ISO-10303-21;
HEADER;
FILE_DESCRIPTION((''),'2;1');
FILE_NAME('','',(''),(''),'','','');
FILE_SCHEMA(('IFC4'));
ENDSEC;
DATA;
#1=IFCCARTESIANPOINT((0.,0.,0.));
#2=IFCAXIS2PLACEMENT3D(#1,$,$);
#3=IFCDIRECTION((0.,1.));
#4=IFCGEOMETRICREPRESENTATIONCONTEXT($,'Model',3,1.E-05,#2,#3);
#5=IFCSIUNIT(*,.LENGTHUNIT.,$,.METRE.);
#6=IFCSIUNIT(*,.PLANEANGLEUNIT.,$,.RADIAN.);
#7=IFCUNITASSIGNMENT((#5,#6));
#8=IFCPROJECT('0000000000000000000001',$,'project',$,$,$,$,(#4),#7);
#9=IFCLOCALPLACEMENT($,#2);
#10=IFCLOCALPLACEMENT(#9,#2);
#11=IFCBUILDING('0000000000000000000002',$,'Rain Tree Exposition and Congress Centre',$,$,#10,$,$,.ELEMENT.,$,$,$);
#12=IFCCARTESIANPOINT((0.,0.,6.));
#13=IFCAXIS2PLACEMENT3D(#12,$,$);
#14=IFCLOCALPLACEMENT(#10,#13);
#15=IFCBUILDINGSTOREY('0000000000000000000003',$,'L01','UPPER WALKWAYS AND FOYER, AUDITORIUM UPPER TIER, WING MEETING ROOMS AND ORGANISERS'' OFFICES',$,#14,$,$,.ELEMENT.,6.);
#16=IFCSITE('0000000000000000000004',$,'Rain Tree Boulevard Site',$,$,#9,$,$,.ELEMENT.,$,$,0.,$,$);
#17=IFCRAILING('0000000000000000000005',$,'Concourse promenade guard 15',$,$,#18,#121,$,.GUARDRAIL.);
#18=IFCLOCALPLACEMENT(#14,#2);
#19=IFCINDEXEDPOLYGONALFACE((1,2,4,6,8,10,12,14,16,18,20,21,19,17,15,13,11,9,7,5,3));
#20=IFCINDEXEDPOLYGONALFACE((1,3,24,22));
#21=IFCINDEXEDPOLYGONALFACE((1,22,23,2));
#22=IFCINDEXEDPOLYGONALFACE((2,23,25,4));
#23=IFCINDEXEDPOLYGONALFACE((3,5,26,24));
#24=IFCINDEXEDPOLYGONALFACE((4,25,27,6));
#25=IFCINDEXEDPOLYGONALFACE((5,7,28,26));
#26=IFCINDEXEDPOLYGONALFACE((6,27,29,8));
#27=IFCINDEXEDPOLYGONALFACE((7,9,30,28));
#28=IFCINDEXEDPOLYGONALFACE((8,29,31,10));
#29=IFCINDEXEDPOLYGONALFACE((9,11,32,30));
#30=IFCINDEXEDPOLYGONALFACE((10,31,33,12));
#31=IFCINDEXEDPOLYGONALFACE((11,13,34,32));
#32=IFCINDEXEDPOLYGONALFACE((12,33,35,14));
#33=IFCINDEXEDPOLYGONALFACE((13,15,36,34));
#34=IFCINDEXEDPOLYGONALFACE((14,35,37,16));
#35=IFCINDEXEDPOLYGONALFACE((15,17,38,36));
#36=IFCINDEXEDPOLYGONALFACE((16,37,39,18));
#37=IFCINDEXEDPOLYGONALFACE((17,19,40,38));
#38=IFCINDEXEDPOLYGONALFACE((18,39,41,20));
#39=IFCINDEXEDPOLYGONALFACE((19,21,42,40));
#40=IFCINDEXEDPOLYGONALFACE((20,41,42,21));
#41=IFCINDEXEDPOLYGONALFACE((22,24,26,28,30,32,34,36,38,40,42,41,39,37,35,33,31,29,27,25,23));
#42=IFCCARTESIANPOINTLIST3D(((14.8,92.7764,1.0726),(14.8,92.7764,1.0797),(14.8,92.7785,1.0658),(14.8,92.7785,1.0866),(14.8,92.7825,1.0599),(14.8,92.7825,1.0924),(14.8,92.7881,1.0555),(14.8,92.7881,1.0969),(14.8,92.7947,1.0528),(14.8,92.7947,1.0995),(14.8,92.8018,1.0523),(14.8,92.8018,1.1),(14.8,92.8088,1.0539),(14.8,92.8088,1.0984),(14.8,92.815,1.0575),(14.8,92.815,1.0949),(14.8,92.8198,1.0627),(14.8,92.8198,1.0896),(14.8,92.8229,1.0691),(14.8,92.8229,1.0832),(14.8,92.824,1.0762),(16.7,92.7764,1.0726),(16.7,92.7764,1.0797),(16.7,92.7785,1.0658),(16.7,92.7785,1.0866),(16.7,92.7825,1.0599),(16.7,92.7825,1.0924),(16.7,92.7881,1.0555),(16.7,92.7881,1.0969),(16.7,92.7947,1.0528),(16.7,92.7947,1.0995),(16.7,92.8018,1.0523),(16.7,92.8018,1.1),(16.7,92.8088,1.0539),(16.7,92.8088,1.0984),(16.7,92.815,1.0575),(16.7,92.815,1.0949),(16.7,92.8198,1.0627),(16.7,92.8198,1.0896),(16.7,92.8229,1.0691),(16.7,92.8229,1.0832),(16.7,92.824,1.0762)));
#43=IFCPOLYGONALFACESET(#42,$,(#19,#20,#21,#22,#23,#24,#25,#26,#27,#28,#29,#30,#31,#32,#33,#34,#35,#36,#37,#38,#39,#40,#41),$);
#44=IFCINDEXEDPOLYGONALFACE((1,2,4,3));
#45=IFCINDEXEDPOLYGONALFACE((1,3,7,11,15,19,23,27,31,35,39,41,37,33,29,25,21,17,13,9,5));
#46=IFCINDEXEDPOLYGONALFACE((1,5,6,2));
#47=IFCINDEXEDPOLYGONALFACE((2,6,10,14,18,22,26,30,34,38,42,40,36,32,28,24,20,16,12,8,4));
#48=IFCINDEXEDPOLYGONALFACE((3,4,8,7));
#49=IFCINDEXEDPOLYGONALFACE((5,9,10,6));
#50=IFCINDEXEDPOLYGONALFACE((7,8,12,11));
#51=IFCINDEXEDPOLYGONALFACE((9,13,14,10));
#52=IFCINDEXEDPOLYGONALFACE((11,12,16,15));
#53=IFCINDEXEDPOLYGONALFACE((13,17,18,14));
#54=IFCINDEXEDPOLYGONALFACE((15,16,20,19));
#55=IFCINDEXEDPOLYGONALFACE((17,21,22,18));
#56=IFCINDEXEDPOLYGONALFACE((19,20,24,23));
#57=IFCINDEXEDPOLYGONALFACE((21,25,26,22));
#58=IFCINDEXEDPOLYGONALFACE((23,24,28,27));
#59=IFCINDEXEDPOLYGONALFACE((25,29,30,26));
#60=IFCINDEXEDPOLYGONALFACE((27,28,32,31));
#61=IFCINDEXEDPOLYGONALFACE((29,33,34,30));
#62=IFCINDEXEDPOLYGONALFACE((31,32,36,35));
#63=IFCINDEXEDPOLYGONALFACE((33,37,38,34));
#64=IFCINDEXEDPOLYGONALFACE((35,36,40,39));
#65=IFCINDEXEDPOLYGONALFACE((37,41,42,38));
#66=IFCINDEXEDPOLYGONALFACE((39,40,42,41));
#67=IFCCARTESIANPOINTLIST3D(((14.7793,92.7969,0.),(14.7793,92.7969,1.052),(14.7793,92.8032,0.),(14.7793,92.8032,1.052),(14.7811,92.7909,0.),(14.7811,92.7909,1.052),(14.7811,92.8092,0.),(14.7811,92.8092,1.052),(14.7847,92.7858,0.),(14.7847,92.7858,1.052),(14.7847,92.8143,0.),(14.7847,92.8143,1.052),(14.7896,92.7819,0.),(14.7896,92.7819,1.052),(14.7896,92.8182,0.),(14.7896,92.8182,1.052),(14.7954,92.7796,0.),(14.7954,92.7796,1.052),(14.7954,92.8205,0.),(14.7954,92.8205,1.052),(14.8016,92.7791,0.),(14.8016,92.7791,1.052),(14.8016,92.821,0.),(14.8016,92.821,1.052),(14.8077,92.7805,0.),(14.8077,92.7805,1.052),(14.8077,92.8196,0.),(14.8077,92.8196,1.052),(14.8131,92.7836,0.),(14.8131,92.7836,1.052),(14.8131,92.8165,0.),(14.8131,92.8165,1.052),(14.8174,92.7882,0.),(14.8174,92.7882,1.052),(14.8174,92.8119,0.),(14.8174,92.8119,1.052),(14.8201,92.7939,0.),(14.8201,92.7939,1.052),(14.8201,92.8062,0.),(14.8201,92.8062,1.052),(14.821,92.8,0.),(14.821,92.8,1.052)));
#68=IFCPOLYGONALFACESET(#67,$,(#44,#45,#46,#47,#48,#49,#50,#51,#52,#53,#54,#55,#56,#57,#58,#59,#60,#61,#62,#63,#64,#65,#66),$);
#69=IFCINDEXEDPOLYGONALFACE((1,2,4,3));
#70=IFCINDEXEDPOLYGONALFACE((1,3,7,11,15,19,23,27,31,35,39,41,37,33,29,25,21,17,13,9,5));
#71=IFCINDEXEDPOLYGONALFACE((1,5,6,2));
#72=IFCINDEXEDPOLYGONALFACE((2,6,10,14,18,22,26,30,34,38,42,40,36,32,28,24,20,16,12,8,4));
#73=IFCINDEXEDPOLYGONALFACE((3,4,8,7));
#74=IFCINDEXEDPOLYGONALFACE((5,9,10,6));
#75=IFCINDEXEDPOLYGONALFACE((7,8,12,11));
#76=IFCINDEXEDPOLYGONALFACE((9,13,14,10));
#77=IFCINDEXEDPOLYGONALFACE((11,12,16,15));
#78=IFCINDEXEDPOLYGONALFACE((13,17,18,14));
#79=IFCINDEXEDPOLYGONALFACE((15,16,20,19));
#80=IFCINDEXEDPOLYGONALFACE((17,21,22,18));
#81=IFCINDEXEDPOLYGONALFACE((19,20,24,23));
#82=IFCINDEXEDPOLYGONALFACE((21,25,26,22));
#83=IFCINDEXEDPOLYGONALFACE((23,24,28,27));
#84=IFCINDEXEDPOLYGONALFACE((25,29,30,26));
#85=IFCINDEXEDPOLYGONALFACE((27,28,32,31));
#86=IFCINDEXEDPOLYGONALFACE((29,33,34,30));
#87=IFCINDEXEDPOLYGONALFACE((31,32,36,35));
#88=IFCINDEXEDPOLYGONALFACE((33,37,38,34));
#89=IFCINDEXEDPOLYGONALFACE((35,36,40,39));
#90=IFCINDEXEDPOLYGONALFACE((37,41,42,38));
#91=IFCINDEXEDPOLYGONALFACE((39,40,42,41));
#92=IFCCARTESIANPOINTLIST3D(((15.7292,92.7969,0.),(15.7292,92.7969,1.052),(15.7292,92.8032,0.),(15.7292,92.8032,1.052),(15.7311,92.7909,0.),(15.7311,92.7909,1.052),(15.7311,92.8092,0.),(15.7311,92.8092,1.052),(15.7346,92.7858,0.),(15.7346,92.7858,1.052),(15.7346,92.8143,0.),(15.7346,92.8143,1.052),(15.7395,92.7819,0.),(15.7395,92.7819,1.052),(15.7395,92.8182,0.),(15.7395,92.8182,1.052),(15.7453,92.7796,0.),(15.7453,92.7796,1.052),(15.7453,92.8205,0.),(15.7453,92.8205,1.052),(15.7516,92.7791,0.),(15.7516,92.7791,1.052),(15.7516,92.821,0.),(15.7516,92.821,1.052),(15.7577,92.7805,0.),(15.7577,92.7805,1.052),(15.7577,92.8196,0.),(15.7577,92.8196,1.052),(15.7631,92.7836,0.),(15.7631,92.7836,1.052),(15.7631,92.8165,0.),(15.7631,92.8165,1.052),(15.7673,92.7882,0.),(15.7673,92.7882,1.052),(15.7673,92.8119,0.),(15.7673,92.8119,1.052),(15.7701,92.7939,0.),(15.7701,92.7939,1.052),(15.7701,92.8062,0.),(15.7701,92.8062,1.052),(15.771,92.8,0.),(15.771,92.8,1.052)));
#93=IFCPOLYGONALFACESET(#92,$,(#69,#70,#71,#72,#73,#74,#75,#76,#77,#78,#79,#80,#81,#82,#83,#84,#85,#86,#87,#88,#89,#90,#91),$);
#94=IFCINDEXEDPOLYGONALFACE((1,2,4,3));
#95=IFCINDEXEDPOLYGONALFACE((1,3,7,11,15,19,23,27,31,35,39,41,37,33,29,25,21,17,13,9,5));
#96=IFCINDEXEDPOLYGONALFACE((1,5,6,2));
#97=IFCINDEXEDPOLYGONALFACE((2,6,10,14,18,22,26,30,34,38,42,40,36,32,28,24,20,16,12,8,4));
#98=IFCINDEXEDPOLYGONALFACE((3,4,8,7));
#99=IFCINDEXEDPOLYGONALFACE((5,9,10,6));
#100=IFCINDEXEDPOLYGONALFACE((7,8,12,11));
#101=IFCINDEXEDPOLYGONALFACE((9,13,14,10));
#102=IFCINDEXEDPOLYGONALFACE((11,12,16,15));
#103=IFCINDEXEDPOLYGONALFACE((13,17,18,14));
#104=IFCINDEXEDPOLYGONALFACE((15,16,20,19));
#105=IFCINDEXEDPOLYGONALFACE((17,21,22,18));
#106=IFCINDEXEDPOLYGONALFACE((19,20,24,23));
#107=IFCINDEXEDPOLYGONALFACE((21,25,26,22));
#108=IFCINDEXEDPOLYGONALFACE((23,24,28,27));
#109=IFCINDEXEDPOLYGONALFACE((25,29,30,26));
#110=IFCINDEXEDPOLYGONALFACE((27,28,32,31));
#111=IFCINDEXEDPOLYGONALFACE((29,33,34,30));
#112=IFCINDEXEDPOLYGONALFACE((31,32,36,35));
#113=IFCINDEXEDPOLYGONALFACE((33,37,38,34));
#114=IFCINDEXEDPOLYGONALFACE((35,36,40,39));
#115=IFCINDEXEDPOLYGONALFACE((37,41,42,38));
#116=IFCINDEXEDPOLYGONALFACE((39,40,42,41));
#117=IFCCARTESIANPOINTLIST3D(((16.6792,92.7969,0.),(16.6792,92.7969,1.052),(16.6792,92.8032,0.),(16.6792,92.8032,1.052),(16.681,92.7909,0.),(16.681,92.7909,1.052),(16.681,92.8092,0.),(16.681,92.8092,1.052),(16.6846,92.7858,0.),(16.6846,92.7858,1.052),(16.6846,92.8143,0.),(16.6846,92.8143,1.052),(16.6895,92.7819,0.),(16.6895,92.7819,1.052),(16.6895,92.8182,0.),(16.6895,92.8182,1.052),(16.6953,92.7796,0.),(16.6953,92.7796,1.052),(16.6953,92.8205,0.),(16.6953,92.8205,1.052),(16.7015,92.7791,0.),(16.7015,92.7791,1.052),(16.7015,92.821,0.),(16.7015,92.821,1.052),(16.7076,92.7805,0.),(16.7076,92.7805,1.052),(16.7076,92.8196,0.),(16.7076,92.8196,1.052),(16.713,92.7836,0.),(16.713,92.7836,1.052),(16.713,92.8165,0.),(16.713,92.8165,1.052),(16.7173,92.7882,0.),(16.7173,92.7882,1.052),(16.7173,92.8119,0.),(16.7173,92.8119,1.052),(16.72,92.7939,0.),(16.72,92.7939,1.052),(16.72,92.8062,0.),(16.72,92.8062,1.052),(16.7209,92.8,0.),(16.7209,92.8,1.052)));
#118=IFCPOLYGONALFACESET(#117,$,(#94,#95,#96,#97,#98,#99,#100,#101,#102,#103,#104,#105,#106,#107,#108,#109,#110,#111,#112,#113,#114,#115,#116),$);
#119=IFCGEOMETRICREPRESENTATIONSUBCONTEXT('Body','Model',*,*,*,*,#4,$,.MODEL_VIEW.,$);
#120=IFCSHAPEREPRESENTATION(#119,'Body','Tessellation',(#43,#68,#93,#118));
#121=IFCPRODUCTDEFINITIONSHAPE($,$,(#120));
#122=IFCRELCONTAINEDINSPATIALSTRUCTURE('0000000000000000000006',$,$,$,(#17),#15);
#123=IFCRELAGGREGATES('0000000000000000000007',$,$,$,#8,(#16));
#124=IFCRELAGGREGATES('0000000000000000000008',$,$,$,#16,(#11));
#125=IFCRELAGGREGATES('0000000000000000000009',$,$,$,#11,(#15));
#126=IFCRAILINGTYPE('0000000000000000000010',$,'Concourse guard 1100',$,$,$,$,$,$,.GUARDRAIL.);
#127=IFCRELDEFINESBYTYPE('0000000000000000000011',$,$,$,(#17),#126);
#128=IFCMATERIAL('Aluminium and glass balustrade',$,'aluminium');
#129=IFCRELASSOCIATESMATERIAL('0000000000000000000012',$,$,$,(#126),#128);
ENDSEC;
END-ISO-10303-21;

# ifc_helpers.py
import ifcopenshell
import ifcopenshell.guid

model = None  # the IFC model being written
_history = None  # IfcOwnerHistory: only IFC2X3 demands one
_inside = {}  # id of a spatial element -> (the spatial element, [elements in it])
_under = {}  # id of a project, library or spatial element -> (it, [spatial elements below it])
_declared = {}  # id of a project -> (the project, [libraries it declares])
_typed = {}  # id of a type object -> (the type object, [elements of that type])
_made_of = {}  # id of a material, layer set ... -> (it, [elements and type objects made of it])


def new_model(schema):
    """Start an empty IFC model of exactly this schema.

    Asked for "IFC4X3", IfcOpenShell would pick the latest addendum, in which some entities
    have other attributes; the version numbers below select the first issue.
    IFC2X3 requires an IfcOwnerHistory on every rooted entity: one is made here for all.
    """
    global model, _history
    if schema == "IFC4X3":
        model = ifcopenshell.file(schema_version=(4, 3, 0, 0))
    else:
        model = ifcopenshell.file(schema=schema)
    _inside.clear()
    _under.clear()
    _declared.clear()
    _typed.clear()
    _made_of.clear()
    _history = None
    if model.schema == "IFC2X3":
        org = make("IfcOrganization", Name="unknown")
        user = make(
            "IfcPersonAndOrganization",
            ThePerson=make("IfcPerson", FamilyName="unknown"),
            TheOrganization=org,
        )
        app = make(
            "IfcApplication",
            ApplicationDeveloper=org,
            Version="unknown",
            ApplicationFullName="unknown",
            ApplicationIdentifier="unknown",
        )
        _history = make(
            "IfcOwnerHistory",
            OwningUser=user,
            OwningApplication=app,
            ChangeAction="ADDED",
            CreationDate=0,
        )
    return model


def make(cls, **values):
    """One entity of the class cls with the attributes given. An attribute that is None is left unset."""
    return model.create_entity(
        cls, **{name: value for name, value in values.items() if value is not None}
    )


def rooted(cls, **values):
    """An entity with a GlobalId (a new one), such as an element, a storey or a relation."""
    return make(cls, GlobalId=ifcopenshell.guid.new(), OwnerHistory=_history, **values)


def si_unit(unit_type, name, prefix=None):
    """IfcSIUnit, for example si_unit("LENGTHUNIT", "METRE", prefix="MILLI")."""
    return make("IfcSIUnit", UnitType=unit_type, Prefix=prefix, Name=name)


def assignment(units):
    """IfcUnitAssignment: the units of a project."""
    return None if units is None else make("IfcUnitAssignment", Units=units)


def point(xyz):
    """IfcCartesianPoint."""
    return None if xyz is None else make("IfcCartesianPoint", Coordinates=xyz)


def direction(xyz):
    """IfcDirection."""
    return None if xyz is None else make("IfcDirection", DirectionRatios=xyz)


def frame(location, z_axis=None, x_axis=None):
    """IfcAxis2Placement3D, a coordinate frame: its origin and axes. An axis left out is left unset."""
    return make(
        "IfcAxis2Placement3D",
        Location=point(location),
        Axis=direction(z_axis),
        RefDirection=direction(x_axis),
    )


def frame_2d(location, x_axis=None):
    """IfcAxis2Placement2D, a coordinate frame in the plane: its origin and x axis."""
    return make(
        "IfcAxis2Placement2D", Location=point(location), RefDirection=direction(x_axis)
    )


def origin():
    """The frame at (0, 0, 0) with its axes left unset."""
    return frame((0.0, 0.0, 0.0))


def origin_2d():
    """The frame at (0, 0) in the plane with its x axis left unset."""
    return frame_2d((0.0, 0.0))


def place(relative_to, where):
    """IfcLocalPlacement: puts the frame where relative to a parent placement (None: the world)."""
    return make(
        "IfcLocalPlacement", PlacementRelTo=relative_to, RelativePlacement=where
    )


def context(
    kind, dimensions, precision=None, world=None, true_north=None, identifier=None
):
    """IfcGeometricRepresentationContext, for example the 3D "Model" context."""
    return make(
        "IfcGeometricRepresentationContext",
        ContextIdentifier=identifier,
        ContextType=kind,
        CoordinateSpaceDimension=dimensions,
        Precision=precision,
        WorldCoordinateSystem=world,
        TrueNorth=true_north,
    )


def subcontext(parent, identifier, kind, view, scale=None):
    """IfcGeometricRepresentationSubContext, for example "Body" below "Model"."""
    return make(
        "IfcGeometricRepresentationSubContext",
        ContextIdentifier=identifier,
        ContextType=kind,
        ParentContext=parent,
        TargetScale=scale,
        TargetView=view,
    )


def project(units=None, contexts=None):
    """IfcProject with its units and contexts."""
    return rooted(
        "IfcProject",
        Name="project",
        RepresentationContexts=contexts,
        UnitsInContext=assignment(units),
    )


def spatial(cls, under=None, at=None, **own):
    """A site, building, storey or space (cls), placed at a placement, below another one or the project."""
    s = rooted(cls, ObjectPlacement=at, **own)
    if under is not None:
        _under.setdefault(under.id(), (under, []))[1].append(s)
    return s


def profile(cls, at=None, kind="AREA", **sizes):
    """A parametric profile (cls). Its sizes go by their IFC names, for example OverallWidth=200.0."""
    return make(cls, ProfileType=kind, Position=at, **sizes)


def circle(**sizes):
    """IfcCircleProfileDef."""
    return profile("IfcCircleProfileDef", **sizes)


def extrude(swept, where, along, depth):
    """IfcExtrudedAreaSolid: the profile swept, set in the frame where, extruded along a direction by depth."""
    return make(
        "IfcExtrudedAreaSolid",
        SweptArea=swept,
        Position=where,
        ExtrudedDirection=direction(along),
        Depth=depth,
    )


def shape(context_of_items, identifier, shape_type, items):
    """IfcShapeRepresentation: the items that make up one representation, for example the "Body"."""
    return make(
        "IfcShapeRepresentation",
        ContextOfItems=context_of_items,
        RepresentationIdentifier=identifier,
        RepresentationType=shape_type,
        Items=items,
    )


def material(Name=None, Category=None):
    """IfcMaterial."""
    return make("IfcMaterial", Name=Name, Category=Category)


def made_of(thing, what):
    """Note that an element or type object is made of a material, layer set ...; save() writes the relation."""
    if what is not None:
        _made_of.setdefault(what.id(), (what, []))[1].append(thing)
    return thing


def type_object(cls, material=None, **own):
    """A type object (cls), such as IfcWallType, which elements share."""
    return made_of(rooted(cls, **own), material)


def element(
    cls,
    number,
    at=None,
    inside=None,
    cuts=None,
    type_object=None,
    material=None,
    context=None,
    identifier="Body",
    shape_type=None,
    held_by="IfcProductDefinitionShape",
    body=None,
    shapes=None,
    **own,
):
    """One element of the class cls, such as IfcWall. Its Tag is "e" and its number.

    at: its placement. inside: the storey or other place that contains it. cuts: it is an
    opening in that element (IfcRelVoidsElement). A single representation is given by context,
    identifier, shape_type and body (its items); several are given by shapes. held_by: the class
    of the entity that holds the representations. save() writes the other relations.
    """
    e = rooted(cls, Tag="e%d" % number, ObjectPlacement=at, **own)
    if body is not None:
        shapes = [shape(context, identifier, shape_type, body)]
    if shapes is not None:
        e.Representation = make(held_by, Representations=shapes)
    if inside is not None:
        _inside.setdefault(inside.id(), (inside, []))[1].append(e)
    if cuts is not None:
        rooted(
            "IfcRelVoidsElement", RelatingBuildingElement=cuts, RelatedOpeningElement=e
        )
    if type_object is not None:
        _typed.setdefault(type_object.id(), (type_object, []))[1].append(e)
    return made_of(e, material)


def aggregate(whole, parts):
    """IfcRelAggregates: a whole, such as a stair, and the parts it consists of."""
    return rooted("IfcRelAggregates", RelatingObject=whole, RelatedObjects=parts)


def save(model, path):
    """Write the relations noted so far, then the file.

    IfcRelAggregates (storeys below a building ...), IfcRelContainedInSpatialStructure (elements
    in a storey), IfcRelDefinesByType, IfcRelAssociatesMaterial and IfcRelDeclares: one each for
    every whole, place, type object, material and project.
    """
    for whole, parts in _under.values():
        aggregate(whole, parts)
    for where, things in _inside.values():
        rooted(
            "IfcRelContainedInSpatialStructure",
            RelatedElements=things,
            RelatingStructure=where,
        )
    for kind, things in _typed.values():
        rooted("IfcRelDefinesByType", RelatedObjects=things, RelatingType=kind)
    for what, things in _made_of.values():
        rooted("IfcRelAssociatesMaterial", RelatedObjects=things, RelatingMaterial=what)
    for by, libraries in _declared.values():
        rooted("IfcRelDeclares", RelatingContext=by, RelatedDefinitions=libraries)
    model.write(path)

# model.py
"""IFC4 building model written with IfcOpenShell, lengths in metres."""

from ifc_helpers import new_model, si_unit, direction, frame, origin, origin_2d, place, context, subcontext, project, spatial, circle, extrude, material, type_object, element, save


model = new_model("IFC4")

# Units and contexts
model_context = context("Model", 3, precision=1e-05, world=origin(), true_north=direction((0.0, 1.0)))
body_context = subcontext(model_context, "Body", "Model", "MODEL_VIEW")
ifc_project = project(units=[si_unit("LENGTHUNIT", "METRE"), si_unit("PLANEANGLEUNIT", "RADIAN")], contexts=[model_context])

# Site, building, storey
site_placement = place(None, origin())
site = spatial("IfcSite", under=ifc_project, at=site_placement, Name="Rain Tree Boulevard Site", CompositionType="ELEMENT", RefElevation=0.0)
building_placement = place(site_placement, origin())
building = spatial("IfcBuilding", under=site, at=building_placement, Name="Rain Tree Exposition and Congress Centre", CompositionType="ELEMENT")
storey_placement = place(building_placement, frame((0.0, 0.0, 6.0)))
storey = spatial("IfcBuildingStorey", under=building, at=storey_placement, Name="L01", Description="UPPER WALKWAYS AND FOYER, AUDITORIUM UPPER TIER, WING MEETING ROOMS AND ORGANISERS' OFFICES", CompositionType="ELEMENT", Elevation=6.0)

# Railing
ifc_material_1 = material(Name="Aluminium and glass balustrade", Category="aluminium")
railing_type = type_object("IfcRailingType", Name="Concourse guard 1100", PredefinedType="GUARDRAIL", material=ifc_material_1)
railing_1_placement = place(storey_placement, frame((14.8, 92.8, 0.0)))
element("IfcRailing", 1, at=railing_1_placement, inside=storey, type_object=railing_type, Name="Concourse promenade guard 15", PredefinedType="GUARDRAIL", context=body_context, shape_type="SweptSolid", body=[
    extrude(circle(Radius=0.0239, at=origin_2d()), frame((0.0, 0.0, 1.0762), z_axis=(1.0, 0.0, 0.0), x_axis=(0.0, 1.0, 0.0)), (0.0, 0.0, 1.0), 1.8999),
    extrude(circle(Radius=0.021, at=origin_2d()), origin(), (0.0, 0.0, 1.0), 1.052),
    extrude(circle(Radius=0.021, at=origin_2d()), frame((0.95, 0.0, 0.0)), (0.0, 0.0, 1.0), 1.052),
    extrude(circle(Radius=0.021, at=origin_2d()), frame((1.8999, 0.0, 0.0)), (0.0, 0.0, 1.0), 1.052),
])

save(model, "model.ifc")
